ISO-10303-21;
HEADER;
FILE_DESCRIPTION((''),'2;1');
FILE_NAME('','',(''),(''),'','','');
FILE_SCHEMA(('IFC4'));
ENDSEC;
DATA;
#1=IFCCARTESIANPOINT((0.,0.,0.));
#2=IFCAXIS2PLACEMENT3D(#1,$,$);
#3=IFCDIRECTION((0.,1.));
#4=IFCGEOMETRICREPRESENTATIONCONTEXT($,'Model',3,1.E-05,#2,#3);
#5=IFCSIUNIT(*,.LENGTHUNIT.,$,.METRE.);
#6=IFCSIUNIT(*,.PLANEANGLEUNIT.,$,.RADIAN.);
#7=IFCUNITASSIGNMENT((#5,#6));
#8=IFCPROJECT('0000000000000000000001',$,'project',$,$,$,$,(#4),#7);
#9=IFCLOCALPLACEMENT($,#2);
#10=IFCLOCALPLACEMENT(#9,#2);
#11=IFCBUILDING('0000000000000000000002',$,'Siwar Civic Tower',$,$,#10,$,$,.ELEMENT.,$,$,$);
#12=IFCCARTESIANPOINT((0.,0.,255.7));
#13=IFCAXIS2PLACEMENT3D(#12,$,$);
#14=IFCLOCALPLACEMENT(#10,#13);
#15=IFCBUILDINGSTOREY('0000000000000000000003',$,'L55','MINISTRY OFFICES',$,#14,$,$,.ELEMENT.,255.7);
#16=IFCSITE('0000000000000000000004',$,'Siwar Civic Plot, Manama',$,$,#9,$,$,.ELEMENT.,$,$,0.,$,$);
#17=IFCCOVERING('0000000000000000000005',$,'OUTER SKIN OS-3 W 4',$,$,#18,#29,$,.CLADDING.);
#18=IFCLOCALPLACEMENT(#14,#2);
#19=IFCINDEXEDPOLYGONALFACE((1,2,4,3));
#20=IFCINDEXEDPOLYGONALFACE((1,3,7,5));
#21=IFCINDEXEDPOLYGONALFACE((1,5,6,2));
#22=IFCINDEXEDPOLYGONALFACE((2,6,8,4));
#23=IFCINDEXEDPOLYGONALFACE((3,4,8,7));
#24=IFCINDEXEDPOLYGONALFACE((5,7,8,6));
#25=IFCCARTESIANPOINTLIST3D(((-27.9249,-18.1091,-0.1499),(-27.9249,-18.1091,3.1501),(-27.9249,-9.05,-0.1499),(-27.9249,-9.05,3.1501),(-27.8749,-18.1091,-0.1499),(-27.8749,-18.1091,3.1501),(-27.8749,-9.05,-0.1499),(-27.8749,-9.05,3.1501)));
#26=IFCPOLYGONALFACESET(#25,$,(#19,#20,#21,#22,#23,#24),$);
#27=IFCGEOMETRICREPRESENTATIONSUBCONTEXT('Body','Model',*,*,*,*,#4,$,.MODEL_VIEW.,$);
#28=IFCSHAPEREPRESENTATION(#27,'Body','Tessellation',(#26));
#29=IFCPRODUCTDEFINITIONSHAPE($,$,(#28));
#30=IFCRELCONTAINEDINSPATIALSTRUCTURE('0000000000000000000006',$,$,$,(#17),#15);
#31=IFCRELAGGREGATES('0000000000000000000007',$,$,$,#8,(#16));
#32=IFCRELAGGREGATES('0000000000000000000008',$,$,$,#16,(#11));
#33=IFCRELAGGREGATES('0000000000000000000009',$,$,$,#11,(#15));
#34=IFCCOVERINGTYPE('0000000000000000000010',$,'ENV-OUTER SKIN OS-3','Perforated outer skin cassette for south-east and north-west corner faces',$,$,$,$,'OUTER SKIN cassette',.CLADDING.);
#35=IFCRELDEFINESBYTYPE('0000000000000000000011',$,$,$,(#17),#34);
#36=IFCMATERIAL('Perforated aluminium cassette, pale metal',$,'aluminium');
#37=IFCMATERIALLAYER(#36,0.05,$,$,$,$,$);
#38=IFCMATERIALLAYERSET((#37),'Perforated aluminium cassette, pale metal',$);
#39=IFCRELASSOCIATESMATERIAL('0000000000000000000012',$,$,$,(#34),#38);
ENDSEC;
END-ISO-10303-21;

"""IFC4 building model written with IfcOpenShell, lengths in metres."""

from ifc_helpers import new_model, si_unit, direction, frame, origin, origin_2d, place, context, subcontext, project, spatial, rectangle, extrude, material, layer, layer_set, type_object, element, save


model = new_model("IFC4")

# Units and contexts
model_context = context("Model", 3, precision=1e-05, world=origin(), true_north=direction((0.0, 1.0)))
body_context = subcontext(model_context, "Body", "Model", "MODEL_VIEW")
ifc_project = project(units=[si_unit("LENGTHUNIT", "METRE"), si_unit("PLANEANGLEUNIT", "RADIAN")], contexts=[model_context])

# Site, building, storey
site_placement = place(None, origin())
site = spatial("IfcSite", under=ifc_project, at=site_placement, Name="Siwar Civic Plot, Manama", CompositionType="ELEMENT", RefElevation=0.0)
building_placement = place(site_placement, origin())
building = spatial("IfcBuilding", under=site, at=building_placement, Name="Siwar Civic Tower", CompositionType="ELEMENT")
storey_placement = place(building_placement, frame((0.0, 0.0, 255.7)))
storey = spatial("IfcBuildingStorey", under=building, at=storey_placement, Name="L55", Description="MINISTRY OFFICES", CompositionType="ELEMENT", Elevation=255.7)

# Covering
ifc_material_1 = material(Name="Perforated aluminium cassette, pale metal", Category="aluminium")
ifc_layer_1 = layer(ifc_material_1, 0.05)
ifc_layer_set_1 = layer_set([ifc_layer_1], Name="Perforated aluminium cassette, pale metal")
covering_type = type_object("IfcCoveringType", Name="ENV-OUTER SKIN OS-3", Description="Perforated outer skin cassette for south-east and north-west corner faces", ElementType="OUTER SKIN cassette", PredefinedType="CLADDING", material=ifc_layer_set_1)
covering_placement = place(storey_placement, frame((-27.8999, -13.5796, -0.1499), z_axis=(0.0, 0.0, 1.0), x_axis=(0.0, -1.0, 0.0)))
element("IfcCovering", 1, at=covering_placement, inside=storey, type_object=covering_type, Name="OUTER SKIN OS-3 W 4", PredefinedType="CLADDING", context=body_context, shape_type="SweptSolid", body=[
    extrude(rectangle(XDim=9.0591, YDim=0.05, at=origin_2d()), origin(), (0.0, 0.0, 1.0), 3.3),
])

save(model, "model.ifc")
